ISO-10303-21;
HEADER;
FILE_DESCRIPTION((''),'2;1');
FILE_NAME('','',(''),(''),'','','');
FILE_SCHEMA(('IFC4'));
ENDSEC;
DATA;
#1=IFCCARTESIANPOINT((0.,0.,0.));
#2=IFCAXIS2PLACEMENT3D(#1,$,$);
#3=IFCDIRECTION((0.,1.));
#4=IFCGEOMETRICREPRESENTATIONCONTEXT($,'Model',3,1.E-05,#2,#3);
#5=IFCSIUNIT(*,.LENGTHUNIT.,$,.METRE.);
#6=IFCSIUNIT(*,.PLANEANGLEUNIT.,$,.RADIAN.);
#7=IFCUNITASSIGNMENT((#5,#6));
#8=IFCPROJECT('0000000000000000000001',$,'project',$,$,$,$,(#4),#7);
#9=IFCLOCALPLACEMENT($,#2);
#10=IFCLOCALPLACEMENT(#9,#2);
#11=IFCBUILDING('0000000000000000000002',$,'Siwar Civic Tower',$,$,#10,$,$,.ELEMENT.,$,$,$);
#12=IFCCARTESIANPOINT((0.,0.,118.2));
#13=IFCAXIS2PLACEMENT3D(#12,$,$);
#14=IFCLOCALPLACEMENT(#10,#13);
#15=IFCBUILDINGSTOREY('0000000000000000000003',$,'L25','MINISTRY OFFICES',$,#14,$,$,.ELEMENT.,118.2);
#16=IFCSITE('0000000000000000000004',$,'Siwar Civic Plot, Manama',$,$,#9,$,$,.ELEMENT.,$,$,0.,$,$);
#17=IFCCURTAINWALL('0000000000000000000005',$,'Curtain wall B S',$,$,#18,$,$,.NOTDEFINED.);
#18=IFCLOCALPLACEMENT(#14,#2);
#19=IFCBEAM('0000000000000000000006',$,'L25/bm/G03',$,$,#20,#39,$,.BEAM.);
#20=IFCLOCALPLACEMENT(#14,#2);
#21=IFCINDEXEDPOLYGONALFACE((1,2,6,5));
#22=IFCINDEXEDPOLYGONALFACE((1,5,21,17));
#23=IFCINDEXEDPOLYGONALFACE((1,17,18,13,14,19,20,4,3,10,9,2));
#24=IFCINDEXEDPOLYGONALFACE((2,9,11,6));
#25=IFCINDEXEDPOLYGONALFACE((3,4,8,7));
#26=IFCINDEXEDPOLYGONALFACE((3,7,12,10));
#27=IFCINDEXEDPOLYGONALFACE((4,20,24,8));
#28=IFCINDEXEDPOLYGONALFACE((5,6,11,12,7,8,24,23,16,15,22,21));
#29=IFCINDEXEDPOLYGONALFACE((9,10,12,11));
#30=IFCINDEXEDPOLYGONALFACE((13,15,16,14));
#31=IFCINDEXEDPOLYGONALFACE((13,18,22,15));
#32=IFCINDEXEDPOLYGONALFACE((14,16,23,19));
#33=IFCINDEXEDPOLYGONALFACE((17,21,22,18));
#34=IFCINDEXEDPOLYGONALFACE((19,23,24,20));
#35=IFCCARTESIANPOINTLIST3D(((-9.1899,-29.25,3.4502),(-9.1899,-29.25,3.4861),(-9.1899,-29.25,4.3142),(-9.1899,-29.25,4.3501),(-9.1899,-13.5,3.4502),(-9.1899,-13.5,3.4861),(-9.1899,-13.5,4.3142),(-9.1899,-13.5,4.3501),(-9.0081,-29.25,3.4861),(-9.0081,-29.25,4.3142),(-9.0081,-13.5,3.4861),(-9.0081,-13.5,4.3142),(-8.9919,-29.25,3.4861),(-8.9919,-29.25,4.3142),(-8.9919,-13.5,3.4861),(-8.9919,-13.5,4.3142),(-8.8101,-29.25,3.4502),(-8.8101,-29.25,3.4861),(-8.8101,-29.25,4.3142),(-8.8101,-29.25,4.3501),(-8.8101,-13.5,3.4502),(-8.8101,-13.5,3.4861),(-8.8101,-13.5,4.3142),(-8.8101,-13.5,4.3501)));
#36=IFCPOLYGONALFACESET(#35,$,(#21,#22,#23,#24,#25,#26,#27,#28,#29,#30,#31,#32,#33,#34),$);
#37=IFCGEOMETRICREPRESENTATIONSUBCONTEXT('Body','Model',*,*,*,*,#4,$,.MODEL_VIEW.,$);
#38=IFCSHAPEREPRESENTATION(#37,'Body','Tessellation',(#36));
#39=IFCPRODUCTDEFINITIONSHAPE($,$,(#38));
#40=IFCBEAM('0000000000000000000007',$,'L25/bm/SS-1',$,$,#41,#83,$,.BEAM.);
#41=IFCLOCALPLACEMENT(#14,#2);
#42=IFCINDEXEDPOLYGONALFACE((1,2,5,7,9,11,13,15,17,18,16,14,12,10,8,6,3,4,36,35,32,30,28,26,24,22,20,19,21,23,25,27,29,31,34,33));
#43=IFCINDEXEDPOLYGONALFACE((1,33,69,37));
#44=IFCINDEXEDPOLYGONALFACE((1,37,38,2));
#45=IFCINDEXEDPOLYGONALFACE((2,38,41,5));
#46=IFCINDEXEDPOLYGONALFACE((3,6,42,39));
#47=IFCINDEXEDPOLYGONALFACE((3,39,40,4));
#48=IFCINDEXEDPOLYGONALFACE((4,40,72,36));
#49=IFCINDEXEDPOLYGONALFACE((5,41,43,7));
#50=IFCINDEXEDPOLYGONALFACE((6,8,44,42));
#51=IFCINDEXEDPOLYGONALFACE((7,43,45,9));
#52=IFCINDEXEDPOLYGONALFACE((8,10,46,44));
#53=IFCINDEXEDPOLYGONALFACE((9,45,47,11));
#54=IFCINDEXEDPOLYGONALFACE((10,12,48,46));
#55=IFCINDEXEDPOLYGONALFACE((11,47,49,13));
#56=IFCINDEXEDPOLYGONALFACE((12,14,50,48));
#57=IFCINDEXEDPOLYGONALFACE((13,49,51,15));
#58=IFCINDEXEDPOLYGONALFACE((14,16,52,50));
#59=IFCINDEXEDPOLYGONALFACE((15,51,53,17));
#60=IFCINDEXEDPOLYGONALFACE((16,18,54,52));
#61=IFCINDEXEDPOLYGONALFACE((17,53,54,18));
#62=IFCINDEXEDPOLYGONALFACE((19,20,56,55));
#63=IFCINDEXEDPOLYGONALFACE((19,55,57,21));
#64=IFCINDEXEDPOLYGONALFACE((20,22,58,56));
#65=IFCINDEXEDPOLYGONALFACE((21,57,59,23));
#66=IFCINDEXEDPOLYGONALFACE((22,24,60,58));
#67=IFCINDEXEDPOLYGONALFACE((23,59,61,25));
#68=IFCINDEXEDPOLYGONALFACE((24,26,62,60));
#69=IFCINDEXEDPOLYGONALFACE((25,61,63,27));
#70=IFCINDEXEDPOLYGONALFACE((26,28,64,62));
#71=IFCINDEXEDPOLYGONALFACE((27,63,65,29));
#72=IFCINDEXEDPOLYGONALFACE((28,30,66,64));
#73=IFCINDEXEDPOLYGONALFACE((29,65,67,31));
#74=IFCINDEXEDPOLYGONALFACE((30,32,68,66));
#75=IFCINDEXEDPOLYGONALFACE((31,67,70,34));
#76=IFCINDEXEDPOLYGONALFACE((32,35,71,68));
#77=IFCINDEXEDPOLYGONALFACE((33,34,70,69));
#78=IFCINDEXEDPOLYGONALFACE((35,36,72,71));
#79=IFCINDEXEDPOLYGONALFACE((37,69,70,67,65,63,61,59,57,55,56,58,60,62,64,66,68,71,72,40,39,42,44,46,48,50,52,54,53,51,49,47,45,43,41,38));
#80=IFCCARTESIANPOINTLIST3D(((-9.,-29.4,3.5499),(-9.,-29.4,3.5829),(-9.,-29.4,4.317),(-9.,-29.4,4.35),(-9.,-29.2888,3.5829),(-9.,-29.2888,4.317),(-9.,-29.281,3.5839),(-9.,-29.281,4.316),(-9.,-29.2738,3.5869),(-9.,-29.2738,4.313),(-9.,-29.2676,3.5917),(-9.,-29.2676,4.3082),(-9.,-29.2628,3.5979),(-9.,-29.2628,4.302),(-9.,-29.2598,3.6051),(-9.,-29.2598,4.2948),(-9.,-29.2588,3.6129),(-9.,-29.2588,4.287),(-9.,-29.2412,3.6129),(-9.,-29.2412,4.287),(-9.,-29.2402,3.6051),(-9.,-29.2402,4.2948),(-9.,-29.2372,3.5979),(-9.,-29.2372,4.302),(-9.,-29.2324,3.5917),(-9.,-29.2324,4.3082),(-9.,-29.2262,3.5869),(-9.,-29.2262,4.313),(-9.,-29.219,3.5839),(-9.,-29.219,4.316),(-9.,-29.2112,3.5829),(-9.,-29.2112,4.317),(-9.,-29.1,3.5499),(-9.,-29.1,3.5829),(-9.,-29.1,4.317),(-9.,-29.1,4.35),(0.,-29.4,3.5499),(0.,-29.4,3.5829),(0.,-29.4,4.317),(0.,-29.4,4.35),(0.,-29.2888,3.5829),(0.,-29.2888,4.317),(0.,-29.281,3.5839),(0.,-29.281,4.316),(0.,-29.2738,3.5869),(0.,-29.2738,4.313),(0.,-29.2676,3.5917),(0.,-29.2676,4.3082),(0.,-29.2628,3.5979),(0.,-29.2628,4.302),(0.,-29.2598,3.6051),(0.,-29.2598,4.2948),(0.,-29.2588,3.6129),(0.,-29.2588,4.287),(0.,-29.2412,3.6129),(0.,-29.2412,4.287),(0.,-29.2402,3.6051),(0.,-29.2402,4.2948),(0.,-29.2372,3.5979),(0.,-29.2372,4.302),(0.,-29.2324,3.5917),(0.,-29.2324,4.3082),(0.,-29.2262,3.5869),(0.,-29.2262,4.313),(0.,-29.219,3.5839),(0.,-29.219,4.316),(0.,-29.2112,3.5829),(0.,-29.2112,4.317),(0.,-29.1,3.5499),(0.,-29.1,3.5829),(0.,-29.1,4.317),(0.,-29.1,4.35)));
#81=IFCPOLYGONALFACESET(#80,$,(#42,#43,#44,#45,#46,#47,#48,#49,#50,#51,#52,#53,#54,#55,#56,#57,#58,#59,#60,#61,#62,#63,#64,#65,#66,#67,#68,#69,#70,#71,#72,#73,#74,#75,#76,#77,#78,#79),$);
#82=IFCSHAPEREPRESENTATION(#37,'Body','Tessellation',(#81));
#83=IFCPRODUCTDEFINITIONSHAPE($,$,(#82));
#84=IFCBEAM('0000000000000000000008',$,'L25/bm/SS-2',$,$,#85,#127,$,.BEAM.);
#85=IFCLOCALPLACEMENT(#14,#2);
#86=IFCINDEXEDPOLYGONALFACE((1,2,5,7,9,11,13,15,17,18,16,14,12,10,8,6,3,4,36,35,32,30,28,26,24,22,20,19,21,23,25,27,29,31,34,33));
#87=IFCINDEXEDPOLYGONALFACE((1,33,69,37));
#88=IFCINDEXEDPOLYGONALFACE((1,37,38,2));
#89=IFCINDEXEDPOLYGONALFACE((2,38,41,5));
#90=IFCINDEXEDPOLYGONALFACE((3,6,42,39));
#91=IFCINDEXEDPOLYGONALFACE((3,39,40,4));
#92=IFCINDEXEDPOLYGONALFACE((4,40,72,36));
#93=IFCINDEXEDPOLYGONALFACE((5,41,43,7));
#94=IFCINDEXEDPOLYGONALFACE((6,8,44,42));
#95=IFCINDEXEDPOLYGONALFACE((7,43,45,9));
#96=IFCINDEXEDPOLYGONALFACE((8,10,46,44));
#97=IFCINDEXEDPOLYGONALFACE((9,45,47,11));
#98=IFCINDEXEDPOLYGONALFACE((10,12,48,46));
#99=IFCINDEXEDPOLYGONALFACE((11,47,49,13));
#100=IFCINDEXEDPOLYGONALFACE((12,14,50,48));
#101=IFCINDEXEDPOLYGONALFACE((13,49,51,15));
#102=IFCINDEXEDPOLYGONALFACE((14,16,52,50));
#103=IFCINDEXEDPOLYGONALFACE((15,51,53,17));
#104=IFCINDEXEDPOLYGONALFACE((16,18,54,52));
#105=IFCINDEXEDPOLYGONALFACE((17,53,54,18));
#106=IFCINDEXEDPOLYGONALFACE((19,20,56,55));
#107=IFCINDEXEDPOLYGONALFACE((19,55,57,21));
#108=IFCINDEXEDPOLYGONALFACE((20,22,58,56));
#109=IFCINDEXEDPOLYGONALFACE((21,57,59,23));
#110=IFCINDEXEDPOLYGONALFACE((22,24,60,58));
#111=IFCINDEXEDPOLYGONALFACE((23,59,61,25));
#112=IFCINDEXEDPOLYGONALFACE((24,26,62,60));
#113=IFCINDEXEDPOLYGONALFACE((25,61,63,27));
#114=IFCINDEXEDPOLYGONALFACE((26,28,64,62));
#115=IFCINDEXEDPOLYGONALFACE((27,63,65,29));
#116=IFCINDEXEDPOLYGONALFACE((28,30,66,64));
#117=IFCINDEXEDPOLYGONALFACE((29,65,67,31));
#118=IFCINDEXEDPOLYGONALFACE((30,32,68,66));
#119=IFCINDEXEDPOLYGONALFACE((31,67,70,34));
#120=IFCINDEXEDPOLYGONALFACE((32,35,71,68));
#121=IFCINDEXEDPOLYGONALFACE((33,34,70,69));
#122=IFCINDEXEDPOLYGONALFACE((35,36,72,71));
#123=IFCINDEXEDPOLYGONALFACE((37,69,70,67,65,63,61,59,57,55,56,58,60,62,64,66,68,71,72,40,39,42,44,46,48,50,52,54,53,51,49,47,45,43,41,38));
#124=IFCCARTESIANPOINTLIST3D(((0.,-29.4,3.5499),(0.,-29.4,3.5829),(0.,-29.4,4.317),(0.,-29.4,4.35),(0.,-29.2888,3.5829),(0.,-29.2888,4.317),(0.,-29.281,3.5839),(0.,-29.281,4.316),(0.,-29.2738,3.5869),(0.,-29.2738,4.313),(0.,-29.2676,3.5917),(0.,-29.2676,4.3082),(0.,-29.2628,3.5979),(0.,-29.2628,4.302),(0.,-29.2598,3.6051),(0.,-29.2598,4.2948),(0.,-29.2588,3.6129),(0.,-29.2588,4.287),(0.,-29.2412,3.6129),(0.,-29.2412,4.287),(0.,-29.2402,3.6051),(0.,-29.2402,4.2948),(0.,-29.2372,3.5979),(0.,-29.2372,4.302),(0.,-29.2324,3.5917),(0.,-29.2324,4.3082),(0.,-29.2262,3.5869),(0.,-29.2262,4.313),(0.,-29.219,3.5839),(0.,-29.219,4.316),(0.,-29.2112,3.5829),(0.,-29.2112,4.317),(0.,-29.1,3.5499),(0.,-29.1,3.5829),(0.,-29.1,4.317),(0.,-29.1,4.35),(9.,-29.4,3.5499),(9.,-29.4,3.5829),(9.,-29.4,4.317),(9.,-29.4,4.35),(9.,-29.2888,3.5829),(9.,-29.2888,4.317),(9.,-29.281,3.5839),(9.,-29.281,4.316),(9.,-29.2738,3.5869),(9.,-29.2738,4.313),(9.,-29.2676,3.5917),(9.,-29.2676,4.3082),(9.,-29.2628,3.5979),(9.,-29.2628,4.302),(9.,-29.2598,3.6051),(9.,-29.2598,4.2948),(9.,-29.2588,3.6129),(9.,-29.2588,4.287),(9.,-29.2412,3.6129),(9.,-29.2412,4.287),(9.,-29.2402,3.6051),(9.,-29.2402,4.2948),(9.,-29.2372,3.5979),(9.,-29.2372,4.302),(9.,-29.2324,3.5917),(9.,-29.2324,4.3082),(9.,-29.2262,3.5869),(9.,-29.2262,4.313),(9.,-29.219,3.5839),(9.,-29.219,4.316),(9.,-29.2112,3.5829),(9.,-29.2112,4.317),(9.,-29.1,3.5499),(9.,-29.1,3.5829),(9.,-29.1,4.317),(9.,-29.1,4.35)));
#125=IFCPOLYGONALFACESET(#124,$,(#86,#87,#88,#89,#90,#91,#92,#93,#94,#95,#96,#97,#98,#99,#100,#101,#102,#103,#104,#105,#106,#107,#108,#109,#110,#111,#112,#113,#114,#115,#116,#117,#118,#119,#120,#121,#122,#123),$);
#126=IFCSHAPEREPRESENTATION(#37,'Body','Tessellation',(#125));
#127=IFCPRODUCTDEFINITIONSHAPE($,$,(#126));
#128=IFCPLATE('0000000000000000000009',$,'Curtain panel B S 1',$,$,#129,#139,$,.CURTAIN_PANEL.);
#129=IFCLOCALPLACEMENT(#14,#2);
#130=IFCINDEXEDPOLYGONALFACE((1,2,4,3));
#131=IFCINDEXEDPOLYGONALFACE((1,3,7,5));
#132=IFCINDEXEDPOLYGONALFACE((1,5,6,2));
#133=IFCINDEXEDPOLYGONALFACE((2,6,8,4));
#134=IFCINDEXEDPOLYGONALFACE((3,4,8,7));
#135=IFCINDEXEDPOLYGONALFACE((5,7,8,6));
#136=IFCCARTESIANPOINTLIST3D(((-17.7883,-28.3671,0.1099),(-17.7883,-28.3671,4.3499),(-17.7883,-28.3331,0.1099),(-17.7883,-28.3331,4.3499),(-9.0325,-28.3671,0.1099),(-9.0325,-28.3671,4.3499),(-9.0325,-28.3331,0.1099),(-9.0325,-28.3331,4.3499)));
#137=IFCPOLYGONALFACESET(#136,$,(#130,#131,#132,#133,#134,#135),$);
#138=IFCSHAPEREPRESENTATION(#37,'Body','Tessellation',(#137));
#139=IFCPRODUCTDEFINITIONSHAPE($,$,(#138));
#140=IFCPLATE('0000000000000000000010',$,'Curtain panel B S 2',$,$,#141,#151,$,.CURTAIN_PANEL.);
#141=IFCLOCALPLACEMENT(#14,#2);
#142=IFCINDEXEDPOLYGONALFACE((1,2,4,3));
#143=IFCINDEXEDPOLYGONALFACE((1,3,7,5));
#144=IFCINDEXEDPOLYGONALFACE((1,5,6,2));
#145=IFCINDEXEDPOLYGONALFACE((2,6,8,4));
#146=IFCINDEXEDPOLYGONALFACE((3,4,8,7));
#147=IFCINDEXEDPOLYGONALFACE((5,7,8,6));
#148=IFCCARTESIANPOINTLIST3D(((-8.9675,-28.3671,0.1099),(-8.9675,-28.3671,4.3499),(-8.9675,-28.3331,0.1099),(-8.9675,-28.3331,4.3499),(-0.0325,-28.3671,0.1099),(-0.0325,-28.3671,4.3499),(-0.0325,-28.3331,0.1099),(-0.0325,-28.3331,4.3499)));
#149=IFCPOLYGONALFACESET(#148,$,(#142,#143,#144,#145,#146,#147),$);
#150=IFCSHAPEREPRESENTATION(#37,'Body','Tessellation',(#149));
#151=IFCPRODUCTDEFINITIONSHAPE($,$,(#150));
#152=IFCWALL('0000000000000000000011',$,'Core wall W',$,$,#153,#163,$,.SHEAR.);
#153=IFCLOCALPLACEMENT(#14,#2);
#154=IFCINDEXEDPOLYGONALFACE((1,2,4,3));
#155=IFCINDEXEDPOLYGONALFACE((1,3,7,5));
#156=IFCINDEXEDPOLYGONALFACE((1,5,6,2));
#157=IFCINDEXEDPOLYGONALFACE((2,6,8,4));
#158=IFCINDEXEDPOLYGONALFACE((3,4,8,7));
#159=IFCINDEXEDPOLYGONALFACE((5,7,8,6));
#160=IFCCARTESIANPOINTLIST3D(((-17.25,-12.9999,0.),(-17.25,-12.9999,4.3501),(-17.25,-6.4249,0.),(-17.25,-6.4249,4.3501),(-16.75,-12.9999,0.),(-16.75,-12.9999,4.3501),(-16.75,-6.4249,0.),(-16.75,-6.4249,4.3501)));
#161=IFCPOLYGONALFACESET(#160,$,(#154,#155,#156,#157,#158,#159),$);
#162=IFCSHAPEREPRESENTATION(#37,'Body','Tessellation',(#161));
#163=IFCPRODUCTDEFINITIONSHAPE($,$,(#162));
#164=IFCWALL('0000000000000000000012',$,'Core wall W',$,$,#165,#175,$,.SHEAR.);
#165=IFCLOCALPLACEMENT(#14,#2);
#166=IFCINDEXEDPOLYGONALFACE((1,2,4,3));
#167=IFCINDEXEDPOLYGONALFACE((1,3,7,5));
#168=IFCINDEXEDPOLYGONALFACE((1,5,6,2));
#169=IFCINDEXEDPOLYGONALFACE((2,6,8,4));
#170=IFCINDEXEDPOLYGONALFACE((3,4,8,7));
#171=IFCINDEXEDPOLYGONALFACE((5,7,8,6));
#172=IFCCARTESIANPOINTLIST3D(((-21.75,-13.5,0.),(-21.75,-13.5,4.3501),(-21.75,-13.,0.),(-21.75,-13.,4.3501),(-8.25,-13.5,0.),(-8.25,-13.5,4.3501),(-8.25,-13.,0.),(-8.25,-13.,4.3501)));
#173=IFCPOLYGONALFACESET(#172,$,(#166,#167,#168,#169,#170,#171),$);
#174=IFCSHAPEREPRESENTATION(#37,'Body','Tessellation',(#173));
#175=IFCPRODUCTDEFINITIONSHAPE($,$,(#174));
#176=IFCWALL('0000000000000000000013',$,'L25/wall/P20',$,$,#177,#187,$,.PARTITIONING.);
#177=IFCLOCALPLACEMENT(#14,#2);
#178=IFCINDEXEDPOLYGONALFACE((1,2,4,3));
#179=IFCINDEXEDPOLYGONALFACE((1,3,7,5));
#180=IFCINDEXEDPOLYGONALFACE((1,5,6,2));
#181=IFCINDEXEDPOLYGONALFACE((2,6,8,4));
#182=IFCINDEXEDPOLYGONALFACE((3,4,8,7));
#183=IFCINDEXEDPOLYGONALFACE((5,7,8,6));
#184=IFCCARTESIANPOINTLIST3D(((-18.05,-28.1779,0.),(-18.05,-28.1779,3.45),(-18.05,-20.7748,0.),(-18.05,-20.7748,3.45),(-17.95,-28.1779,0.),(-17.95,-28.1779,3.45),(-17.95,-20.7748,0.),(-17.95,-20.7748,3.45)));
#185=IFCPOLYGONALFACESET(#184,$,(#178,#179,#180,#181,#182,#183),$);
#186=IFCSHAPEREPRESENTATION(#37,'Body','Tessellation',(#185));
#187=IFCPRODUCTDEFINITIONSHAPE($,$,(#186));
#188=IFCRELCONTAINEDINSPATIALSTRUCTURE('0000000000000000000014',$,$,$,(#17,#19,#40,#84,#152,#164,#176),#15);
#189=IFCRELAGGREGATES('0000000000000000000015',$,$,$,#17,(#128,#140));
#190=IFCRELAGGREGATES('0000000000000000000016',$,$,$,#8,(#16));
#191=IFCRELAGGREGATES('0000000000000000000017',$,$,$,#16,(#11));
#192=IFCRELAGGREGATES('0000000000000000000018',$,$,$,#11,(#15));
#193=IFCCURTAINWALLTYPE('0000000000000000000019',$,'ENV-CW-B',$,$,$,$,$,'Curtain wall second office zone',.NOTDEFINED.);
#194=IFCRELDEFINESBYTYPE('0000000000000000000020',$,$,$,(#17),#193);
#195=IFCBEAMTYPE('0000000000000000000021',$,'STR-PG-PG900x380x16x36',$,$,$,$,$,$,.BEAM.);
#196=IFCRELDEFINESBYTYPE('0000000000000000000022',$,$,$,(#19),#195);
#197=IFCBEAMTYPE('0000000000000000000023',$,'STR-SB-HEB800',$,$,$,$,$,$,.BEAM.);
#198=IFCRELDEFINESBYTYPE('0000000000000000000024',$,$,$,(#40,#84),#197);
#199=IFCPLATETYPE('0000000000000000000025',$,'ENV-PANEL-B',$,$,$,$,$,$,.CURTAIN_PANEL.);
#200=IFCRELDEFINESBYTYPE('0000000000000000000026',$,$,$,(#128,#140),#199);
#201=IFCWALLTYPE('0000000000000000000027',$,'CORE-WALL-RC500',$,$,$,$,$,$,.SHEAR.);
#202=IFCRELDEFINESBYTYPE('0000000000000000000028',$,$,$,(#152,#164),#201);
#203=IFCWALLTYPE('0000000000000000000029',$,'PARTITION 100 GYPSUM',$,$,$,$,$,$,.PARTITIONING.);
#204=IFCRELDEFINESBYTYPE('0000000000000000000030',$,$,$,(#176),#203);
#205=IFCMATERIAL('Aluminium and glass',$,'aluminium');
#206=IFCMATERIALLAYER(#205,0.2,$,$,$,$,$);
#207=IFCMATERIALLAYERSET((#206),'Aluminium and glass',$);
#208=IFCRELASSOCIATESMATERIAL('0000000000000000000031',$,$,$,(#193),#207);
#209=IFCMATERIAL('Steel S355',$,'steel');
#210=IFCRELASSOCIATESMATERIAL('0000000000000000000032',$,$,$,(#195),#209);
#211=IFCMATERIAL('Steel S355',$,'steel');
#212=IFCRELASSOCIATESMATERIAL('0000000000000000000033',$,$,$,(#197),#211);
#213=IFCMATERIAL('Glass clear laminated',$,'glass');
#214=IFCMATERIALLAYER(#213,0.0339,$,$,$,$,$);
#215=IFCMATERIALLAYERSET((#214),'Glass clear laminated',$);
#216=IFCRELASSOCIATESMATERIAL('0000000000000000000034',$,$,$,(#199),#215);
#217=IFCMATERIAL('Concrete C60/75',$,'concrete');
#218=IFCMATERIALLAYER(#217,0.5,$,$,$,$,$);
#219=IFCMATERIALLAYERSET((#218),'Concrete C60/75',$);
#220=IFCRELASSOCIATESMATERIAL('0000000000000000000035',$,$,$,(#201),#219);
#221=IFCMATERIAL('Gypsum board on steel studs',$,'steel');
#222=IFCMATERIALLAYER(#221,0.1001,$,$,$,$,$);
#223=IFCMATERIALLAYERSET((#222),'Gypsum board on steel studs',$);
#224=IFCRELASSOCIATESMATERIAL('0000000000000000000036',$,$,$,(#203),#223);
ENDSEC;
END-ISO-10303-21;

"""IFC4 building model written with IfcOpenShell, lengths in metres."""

from ifc_helpers import new_model, si_unit, direction, frame, frame_2d, origin, origin_2d, place, context, subcontext, project, spatial, rectangle, i_section, extrude, material, layer, layer_set, material_profile, profile_set, type_object, element, aggregate, save


model = new_model("IFC4")

# Units and contexts
model_context = context("Model", 3, precision=1e-05, world=origin(), true_north=direction((0.0, 1.0)))
body_context = subcontext(model_context, "Body", "Model", "MODEL_VIEW")
ifc_project = project(units=[si_unit("LENGTHUNIT", "METRE"), si_unit("PLANEANGLEUNIT", "RADIAN")], contexts=[model_context])

# Site, building, storey
site_placement = place(None, origin())
site = spatial("IfcSite", under=ifc_project, at=site_placement, Name="Siwar Civic Plot, Manama", CompositionType="ELEMENT", RefElevation=0.0)
building_placement = place(site_placement, origin())
building = spatial("IfcBuilding", under=site, at=building_placement, Name="Siwar Civic Tower", CompositionType="ELEMENT")
storey_placement = place(building_placement, frame((0.0, 0.0, 118.2)))
storey = spatial("IfcBuildingStorey", under=building, at=storey_placement, Name="L25", Description="MINISTRY OFFICES", CompositionType="ELEMENT", Elevation=118.2)

# Curtain wall
ifc_material_1 = material(Name="Aluminium and glass", Category="aluminium")
ifc_layer_1 = layer(ifc_material_1, 0.2)
ifc_layer_set_1 = layer_set([ifc_layer_1], Name="Aluminium and glass")
curtain_wall_type = type_object("IfcCurtainWallType", Name="ENV-CW-B", ElementType="Curtain wall second office zone", PredefinedType="NOTDEFINED", material=ifc_layer_set_1)
curtain_wall_placement = place(storey_placement, origin())
curtain_wall = element("IfcCurtainWall", 1, at=curtain_wall_placement, inside=storey, type_object=curtain_wall_type, Name="Curtain wall B S", PredefinedType="NOTDEFINED")

# Beams
ifc_material_2 = material(Name="Steel S355", Category="steel")
ifc_material_profile_1 = material_profile(ifc_material_2, i_section(OverallWidth=0.3799, OverallDepth=0.8999, WebThickness=0.0161, FlangeThickness=0.0359, at=origin_2d()), Name="PG900x380x16x36")
ifc_profile_set_1 = profile_set([ifc_material_profile_1], Name="Steel S355")
beam_type_1 = type_object("IfcBeamType", Name="STR-PG-PG900x380x16x36", PredefinedType="BEAM", material=ifc_profile_set_1)
beam_1_placement = place(storey_placement, frame((-9.0, -29.25, 3.9001), z_axis=(0.0, 1.0, 0.0), x_axis=(-1.0, 0.0, 0.0)))
element("IfcBeam", 2, at=beam_1_placement, inside=storey, type_object=beam_type_1, Name="L25/bm/G03", PredefinedType="BEAM", context=body_context, shape_type="SweptSolid", body=[
    extrude(i_section(OverallWidth=0.3799, OverallDepth=0.8999, WebThickness=0.0161, FlangeThickness=0.0359, at=origin_2d()), origin(), (0.0, 0.0, 1.0), 15.75),
])
ifc_material_3 = material(Name="Steel S355", Category="steel")
ifc_material_profile_2 = material_profile(ifc_material_3, i_section(OverallWidth=0.3, OverallDepth=0.8, WebThickness=0.0176, FlangeThickness=0.033, FilletRadius=0.03, at=origin_2d()), Name="HEB800")
ifc_profile_set_2 = profile_set([ifc_material_profile_2], Name="Steel S355")
beam_type_2 = type_object("IfcBeamType", Name="STR-SB-HEB800", PredefinedType="BEAM", material=ifc_profile_set_2)
for number, where, z_axis, x_axis, name in (
    (3, (-9.0, -29.25, 3.95), (1.0, 0.0, 0.0), (0.0, 1.0, 0.0), "L25/bm/SS-1"),
    (4, (0.0, -29.25, 3.95), (1.0, 0.0, 0.0), (0.0, 1.0, 0.0), "L25/bm/SS-2"),
):
    element("IfcBeam", number, at=place(storey_placement, frame(where, z_axis=z_axis, x_axis=x_axis)), inside=storey, type_object=beam_type_2, Name=name, PredefinedType="BEAM", context=body_context, shape_type="SweptSolid", body=[
        extrude(i_section(OverallWidth=0.3, OverallDepth=0.8, WebThickness=0.0176, FlangeThickness=0.033, FilletRadius=0.03, at=origin_2d()), origin(), (0.0, 0.0, 1.0), 9.0),
    ])

# Plates
ifc_material_4 = material(Name="Glass clear laminated", Category="glass")
ifc_layer_2 = layer(ifc_material_4, 0.0339)
ifc_layer_set_2 = layer_set([ifc_layer_2], Name="Glass clear laminated")
plate_type = type_object("IfcPlateType", Name="ENV-PANEL-B", PredefinedType="CURTAIN_PANEL", material=ifc_layer_set_2)
plate_1_placement = place(storey_placement, frame((-13.4104, -28.3501, 0.1099), z_axis=(0.0, 0.0, 1.0), x_axis=(1.0, 0.0, 0.0)))
plate_1 = element("IfcPlate", 5, at=plate_1_placement, type_object=plate_type, Name="Curtain panel B S 1", PredefinedType="CURTAIN_PANEL", context=body_context, shape_type="SweptSolid", body=[
    extrude(rectangle(XDim=8.7559, YDim=0.0339, at=origin_2d()), origin(), (0.0, 0.0, 1.0), 4.24),
])
plate_2_placement = place(storey_placement, frame((-4.5, -28.3501, 0.1099), z_axis=(0.0, 0.0, 1.0), x_axis=(1.0, 0.0, 0.0)))
plate_2 = element("IfcPlate", 6, at=plate_2_placement, type_object=plate_type, Name="Curtain panel B S 2", PredefinedType="CURTAIN_PANEL", context=body_context, shape_type="SweptSolid", body=[
    extrude(rectangle(XDim=8.9351, YDim=0.0339, at=origin_2d()), origin(), (0.0, 0.0, 1.0), 4.24),
])
aggregate(curtain_wall, [plate_1, plate_2])

# Walls
ifc_material_5 = material(Name="Concrete C60/75", Category="concrete")
ifc_layer_3 = layer(ifc_material_5, 0.5)
ifc_layer_set_3 = layer_set([ifc_layer_3], Name="Concrete C60/75")
wall_type_1 = type_object("IfcWallType", Name="CORE-WALL-RC500", PredefinedType="SHEAR", material=ifc_layer_set_3)
wall_1_placement = place(storey_placement, frame((-17.0, -13.0, 0.0), z_axis=(0.0, 0.0, 1.0), x_axis=(0.0, 1.0, 0.0)))
element("IfcWall", 7, at=wall_1_placement, inside=storey, type_object=wall_type_1, Name="Core wall W", PredefinedType="SHEAR", context=body_context, shape_type="SweptSolid", body=[
    extrude(rectangle(XDim=6.575, YDim=0.5, at=frame_2d((3.2876, 0.0))), origin(), (0.0, 0.0, 1.0), 4.3501),
])
wall_2_placement = place(storey_placement, frame((-8.25, -13.25, 0.0), z_axis=(0.0, 0.0, 1.0), x_axis=(-1.0, 0.0, 0.0)))
element("IfcWall", 8, at=wall_2_placement, inside=storey, type_object=wall_type_1, Name="Core wall W", PredefinedType="SHEAR", context=body_context, shape_type="SweptSolid", body=[
    extrude(rectangle(XDim=13.5, YDim=0.5, at=frame_2d((6.75, 0.0))), origin(), (0.0, 0.0, 1.0), 4.3501),
])
ifc_material_6 = material(Name="Gypsum board on steel studs", Category="steel")
ifc_layer_4 = layer(ifc_material_6, 0.1001)
ifc_layer_set_4 = layer_set([ifc_layer_4], Name="Gypsum board on steel studs")
wall_type_2 = type_object("IfcWallType", Name="PARTITION 100 GYPSUM", PredefinedType="PARTITIONING", material=ifc_layer_set_4)
wall_3_placement = place(storey_placement, frame((-18.0, -28.178, 0.0), z_axis=(0.0, 0.0, 1.0), x_axis=(0.0, 1.0, 0.0)))
element("IfcWall", 9, at=wall_3_placement, inside=storey, type_object=wall_type_2, Name="L25/wall/P20", PredefinedType="PARTITIONING", context=body_context, shape_type="SweptSolid", body=[
    extrude(rectangle(XDim=7.4031, YDim=0.1001, at=frame_2d((3.7017, 0.0))), origin(), (0.0, 0.0, 1.0), 3.45),
])

save(model, "model.ifc")
